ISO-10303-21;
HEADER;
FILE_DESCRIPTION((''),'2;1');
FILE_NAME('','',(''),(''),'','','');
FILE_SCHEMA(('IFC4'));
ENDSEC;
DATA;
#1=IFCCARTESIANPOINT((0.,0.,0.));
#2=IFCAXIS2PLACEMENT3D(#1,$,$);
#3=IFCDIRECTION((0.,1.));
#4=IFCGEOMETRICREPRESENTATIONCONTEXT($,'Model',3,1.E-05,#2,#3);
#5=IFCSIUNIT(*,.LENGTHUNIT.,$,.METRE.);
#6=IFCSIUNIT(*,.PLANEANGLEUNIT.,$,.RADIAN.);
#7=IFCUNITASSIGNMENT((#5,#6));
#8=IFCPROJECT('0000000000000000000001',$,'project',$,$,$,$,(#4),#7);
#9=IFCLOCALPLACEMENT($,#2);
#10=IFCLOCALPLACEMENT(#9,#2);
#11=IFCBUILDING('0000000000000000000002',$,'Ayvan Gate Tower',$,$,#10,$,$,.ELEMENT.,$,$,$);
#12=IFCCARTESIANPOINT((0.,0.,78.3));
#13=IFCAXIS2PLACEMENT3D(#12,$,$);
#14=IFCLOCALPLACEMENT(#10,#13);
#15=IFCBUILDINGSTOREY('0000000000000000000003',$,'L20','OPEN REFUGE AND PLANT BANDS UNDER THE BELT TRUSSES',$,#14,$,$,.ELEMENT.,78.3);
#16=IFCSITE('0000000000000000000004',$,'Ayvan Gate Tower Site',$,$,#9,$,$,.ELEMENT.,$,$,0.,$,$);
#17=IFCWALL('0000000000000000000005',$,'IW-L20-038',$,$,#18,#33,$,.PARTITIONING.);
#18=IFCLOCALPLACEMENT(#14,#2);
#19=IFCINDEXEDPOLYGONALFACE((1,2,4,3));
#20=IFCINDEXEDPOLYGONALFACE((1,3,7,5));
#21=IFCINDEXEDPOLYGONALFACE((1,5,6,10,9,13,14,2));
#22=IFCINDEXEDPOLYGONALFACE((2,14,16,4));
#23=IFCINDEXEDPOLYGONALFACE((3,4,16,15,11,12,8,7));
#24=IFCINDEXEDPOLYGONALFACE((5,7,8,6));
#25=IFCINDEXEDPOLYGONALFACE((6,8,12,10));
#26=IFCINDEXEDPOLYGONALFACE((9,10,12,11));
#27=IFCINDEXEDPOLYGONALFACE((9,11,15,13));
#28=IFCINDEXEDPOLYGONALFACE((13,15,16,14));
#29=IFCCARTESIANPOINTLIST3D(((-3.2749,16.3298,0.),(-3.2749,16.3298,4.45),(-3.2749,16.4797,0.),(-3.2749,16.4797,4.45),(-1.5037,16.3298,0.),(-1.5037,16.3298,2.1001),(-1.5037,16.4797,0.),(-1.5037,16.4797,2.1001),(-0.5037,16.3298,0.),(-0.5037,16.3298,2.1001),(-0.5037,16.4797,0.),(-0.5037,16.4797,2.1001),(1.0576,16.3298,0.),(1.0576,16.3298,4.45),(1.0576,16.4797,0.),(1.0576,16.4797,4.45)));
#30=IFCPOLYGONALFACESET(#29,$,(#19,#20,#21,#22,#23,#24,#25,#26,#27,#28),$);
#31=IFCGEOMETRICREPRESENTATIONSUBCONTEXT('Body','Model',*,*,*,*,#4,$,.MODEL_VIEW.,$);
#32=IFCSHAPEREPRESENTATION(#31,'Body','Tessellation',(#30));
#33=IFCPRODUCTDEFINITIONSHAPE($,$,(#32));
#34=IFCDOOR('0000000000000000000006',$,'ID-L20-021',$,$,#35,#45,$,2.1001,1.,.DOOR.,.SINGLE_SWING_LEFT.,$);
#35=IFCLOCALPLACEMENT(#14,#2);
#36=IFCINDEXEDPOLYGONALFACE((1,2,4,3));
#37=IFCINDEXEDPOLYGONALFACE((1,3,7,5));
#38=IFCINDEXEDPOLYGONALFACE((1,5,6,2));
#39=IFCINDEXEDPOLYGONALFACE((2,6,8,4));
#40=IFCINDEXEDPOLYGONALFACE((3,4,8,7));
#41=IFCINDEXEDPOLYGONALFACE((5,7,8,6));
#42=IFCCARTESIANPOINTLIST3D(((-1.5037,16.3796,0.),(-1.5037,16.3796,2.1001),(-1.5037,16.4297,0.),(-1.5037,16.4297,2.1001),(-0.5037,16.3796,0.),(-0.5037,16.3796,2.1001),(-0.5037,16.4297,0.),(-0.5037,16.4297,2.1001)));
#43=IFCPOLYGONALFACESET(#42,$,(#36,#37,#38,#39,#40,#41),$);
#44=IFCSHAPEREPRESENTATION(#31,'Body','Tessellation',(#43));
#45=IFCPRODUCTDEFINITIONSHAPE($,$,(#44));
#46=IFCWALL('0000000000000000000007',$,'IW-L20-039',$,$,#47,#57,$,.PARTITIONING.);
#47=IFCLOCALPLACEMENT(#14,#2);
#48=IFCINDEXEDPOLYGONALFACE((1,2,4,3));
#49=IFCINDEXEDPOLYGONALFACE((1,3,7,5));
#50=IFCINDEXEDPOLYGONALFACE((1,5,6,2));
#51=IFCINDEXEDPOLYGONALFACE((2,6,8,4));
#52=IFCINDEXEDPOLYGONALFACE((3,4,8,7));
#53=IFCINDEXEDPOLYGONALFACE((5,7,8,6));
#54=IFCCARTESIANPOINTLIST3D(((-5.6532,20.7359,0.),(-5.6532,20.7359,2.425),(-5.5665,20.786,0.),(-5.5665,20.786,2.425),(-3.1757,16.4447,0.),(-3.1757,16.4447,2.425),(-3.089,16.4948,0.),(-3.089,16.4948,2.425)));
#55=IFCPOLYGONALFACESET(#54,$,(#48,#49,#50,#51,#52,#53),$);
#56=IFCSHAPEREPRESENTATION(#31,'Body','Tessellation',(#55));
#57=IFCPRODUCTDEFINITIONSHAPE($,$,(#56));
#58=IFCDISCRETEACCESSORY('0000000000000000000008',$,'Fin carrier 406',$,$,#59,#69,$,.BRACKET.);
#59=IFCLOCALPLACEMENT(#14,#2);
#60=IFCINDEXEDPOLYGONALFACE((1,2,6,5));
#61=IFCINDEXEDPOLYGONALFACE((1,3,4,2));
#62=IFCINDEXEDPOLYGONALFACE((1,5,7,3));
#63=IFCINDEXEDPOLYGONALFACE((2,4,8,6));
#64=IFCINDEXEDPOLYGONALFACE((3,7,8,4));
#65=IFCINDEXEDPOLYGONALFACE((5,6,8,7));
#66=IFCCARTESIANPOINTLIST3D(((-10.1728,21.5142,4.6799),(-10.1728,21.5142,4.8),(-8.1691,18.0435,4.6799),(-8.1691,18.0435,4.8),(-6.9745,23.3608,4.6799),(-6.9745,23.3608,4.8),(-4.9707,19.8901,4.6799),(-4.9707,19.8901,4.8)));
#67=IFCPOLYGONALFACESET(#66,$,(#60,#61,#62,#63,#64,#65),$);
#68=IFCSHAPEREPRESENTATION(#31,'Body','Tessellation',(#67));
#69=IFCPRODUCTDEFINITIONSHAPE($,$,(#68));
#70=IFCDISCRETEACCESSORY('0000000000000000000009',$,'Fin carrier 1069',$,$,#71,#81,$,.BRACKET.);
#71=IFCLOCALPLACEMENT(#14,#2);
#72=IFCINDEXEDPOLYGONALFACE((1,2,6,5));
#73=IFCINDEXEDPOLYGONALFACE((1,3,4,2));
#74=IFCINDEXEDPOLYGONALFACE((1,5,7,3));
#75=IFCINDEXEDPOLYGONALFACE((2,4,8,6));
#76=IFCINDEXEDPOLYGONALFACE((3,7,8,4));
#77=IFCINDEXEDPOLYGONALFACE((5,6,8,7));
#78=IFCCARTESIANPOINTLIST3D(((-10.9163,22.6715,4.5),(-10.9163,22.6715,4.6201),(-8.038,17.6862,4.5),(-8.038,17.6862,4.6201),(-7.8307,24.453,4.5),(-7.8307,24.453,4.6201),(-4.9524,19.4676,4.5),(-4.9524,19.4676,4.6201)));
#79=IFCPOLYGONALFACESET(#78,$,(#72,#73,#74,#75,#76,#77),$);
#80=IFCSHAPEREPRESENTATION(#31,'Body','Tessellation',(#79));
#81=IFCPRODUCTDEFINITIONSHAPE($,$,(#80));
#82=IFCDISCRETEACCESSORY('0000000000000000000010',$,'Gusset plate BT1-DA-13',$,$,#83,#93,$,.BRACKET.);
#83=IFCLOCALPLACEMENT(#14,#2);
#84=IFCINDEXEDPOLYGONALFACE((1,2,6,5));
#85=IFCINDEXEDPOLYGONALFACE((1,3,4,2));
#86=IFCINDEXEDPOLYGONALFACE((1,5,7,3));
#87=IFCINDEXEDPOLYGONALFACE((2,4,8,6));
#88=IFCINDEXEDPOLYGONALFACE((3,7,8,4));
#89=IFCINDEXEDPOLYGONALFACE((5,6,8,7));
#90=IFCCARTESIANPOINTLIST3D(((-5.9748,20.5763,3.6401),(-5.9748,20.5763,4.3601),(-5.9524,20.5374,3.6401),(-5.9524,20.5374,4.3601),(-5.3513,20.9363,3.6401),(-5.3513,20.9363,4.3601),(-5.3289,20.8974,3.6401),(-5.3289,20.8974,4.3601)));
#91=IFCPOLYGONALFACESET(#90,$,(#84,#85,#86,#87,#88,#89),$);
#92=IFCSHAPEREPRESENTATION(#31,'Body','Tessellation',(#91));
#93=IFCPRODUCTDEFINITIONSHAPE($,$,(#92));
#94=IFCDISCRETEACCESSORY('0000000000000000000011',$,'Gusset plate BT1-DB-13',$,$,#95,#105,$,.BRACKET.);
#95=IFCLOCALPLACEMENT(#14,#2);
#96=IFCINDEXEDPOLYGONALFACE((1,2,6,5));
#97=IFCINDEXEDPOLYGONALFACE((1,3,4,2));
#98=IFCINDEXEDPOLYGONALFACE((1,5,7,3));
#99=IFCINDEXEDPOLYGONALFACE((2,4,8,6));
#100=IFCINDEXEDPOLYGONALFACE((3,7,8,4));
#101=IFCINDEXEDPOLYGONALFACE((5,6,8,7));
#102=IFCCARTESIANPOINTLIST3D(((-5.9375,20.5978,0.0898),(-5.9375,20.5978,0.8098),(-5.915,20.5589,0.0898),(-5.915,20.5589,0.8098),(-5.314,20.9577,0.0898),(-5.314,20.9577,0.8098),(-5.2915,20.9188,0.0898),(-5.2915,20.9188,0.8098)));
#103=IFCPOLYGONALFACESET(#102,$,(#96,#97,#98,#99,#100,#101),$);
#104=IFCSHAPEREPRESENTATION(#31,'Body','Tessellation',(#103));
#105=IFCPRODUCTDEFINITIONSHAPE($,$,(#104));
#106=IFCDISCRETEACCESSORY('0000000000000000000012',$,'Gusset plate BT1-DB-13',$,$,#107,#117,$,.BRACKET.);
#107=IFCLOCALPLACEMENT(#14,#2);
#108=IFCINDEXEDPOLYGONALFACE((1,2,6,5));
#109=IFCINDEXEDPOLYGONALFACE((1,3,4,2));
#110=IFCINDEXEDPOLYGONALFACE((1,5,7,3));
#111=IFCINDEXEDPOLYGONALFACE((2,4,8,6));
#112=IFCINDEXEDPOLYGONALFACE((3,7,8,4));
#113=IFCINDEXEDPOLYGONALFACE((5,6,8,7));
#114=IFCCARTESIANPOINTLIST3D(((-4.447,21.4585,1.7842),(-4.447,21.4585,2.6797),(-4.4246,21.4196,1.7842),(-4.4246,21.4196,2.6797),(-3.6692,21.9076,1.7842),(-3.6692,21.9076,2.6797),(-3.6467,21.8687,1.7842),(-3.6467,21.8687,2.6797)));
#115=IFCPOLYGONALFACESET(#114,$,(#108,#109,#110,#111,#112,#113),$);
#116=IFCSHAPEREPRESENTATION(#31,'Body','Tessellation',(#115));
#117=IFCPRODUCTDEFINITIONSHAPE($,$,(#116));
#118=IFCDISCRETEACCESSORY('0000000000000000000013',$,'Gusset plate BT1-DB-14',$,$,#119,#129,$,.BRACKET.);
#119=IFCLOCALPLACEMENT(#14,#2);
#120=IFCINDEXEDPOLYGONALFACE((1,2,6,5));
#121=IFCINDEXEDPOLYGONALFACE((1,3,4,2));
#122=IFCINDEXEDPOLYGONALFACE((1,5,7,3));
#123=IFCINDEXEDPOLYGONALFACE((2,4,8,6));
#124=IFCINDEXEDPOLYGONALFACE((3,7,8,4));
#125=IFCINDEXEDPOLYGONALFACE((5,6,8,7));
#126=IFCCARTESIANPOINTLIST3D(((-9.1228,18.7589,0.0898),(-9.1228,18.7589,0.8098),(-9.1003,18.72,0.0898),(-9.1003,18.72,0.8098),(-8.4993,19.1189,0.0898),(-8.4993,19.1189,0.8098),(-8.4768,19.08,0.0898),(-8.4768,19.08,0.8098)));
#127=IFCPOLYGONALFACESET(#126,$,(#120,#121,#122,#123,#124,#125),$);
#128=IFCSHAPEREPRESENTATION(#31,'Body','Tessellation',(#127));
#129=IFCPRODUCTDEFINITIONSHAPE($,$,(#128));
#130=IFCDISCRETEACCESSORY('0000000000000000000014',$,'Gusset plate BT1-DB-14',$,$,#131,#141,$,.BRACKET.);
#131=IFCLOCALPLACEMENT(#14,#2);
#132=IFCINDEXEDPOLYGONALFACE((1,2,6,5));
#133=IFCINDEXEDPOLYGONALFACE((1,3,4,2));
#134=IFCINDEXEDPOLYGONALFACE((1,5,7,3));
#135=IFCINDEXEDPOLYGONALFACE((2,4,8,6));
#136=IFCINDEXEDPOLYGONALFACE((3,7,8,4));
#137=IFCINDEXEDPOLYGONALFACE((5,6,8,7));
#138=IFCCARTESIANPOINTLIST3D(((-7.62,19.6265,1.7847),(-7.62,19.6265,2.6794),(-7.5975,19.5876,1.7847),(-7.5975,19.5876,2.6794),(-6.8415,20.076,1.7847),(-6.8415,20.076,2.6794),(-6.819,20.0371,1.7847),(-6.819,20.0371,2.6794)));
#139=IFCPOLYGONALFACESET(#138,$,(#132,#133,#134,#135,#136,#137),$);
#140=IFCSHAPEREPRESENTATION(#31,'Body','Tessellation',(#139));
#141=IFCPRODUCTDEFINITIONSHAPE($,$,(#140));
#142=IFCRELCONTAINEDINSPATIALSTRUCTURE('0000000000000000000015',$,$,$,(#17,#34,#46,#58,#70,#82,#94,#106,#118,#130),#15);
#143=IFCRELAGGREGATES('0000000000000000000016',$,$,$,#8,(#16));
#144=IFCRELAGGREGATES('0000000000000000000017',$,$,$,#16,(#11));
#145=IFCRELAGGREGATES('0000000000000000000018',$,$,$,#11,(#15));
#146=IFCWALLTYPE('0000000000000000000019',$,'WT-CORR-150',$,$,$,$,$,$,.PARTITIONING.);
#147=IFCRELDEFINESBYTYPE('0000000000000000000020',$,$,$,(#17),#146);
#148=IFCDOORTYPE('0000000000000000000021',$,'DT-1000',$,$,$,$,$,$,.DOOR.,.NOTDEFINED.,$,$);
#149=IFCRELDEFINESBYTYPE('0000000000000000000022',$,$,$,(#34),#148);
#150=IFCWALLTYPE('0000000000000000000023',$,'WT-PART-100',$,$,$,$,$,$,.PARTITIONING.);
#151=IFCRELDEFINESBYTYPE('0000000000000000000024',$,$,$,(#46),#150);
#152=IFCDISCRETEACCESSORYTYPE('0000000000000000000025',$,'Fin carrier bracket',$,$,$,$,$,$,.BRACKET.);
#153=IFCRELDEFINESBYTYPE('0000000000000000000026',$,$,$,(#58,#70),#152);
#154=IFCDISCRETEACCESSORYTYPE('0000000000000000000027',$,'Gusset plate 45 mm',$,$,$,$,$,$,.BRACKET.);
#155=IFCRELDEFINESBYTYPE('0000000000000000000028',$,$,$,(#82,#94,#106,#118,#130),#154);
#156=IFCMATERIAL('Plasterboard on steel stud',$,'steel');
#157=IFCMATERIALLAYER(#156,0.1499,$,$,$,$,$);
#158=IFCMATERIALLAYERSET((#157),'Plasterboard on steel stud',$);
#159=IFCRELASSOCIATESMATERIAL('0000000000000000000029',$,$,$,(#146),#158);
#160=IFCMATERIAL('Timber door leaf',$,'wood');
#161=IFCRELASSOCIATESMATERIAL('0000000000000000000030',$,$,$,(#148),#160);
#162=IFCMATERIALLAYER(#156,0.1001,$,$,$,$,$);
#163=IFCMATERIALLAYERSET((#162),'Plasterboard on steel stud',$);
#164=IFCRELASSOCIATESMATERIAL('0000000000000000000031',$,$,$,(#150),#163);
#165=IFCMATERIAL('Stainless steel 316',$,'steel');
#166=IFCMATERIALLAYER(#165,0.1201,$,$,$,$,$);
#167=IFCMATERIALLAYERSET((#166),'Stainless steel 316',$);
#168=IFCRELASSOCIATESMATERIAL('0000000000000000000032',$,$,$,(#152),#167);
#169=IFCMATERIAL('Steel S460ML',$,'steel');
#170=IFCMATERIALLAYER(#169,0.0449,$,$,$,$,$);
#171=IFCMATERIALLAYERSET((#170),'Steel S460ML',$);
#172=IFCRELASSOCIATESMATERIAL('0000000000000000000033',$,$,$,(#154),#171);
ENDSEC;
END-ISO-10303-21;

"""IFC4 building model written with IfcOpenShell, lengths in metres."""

from ifc_helpers import new_model, si_unit, direction, frame, frame_2d, origin, origin_2d, place, context, subcontext, project, spatial, rectangle, extrude, material, layer, layer_set, type_object, element, fill, save


model = new_model("IFC4")

# Units and contexts
model_context = context("Model", 3, precision=1e-05, world=origin(), true_north=direction((0.0, 1.0)))
body_context = subcontext(model_context, "Body", "Model", "MODEL_VIEW")
ifc_project = project(units=[si_unit("LENGTHUNIT", "METRE"), si_unit("PLANEANGLEUNIT", "RADIAN")], contexts=[model_context])

# Site, building, storey
site_placement = place(None, origin())
site = spatial("IfcSite", under=ifc_project, at=site_placement, Name="Ayvan Gate Tower Site", CompositionType="ELEMENT", RefElevation=0.0)
building_placement = place(site_placement, origin())
building = spatial("IfcBuilding", under=site, at=building_placement, Name="Ayvan Gate Tower", CompositionType="ELEMENT")
storey_placement = place(building_placement, frame((0.0, 0.0, 78.3)))
storey = spatial("IfcBuildingStorey", under=building, at=storey_placement, Name="L20", Description="OPEN REFUGE AND PLANT BANDS UNDER THE BELT TRUSSES", CompositionType="ELEMENT", Elevation=78.3)

# Shared definitions
ifc_material_1 = material(Name="Steel S460ML", Category="steel")

# Shared definitions
ifc_material_2 = material(Name="Plasterboard on steel stud", Category="steel")
ifc_layer_1 = layer(ifc_material_2, 0.1499)
ifc_layer_set_1 = layer_set([ifc_layer_1], Name="Plasterboard on steel stud")
wall_type_1 = type_object("IfcWallType", Name="WT-CORR-150", PredefinedType="PARTITIONING", material=ifc_layer_set_1)

# Wall, opening, door
wall_1_placement = place(storey_placement, frame((-3.2749, 16.4048, 0.0), z_axis=(0.0, 0.0, 1.0), x_axis=(1.0, 0.0, 0.0)))
wall_1 = element("IfcWall", 1, at=wall_1_placement, inside=storey, type_object=wall_type_1, Name="IW-L20-038", PredefinedType="PARTITIONING", context=body_context, shape_type="SweptSolid", body=[
    extrude(rectangle(XDim=4.3325, YDim=0.1499, at=frame_2d((2.1663, 0.0))), origin(), (0.0, 0.0, 1.0), 4.45),
])
opening_placement = place(wall_1_placement, frame((1.7712, 0.0, 0.0)))
opening = element("IfcOpeningElement", 2, at=opening_placement, cuts=wall_1, PredefinedType="OPENING", context=body_context, shape_type="SweptSolid", body=[
    extrude(rectangle(XDim=1.0, YDim=2.1001, at=frame_2d((0.5, 1.05))), frame((0.0, 0.085, 0.0), z_axis=(0.0, -1.0, 0.0), x_axis=(1.0, 0.0, 0.0)), (0.0, 0.0, 1.0), 0.1699),
])
ifc_material_3 = material(Name="Timber door leaf", Category="wood")
door_type = type_object("IfcDoorType", Name="DT-1000", OperationType="NOTDEFINED", PredefinedType="DOOR", material=ifc_material_3)
door_placement = place(opening_placement, origin())
door = element("IfcDoor", 3, at=door_placement, inside=storey, type_object=door_type, Name="ID-L20-021", OperationType="SINGLE_SWING_LEFT", OverallHeight=2.1001, OverallWidth=1.0, PredefinedType="DOOR", context=body_context, shape_type="SweptSolid", body=[
    extrude(rectangle(XDim=1.0, YDim=2.1001, at=frame_2d((0.5, 1.05))), frame((0.0, 0.0249, 0.0), z_axis=(0.0, -1.0, 0.0), x_axis=(1.0, 0.0, 0.0)), (0.0, 0.0, 1.0), 0.05),
])
fill(opening, door)

# Wall
ifc_layer_2 = layer(ifc_material_2, 0.1001)
ifc_layer_set_2 = layer_set([ifc_layer_2], Name="Plasterboard on steel stud")
wall_type_2 = type_object("IfcWallType", Name="WT-PART-100", PredefinedType="PARTITIONING", material=ifc_layer_set_2)
wall_2_placement = place(storey_placement, frame((-3.1323, 16.4697, 0.0), z_axis=(0.0, 0.0, 1.0), x_axis=(-0.499997, 0.866027, 0.0)))
element("IfcWall", 4, at=wall_2_placement, inside=storey, type_object=wall_type_2, Name="IW-L20-039", PredefinedType="PARTITIONING", context=body_context, shape_type="SweptSolid", body=[
    extrude(rectangle(XDim=4.9551, YDim=0.1001, at=frame_2d((2.4775, 0.0))), origin(), (0.0, 0.0, 1.0), 2.425),
])

# Discrete accessories
ifc_material_4 = material(Name="Stainless steel 316", Category="steel")
ifc_layer_3 = layer(ifc_material_4, 0.1201)
ifc_layer_set_3 = layer_set([ifc_layer_3], Name="Stainless steel 316")
discrete_accessory_type_1 = type_object("IfcDiscreteAccessoryType", Name="Fin carrier bracket", PredefinedType="BRACKET", material=ifc_layer_set_3)
discrete_accessory_1_placement = place(storey_placement, frame((-7.5718, 20.7021, 4.6799), z_axis=(0.0, 0.0, 1.0), x_axis=(-0.866025, -0.5, 0.0)))
element("IfcDiscreteAccessory", 5, at=discrete_accessory_1_placement, inside=storey, type_object=discrete_accessory_type_1, Name="Fin carrier 406", PredefinedType="BRACKET", context=body_context, shape_type="SweptSolid", body=[
    extrude(rectangle(XDim=3.6931, YDim=4.0076, at=origin_2d()), origin(), (0.0, 0.0, 1.0), 0.1201),
])
discrete_accessory_2_placement = place(storey_placement, frame((-7.9343, 21.0696, 4.5), z_axis=(0.0, 0.0, 1.0), x_axis=(-0.866025, -0.5, 0.0)))
element("IfcDiscreteAccessory", 6, at=discrete_accessory_2_placement, inside=storey, type_object=discrete_accessory_type_1, Name="Fin carrier 1069", PredefinedType="BRACKET", context=body_context, shape_type="SweptSolid", body=[
    extrude(rectangle(XDim=3.563, YDim=5.7566, at=origin_2d()), origin(), (0.0, 0.0, 1.0), 0.1201),
])
ifc_layer_4 = layer(ifc_material_1, 0.0449)
ifc_layer_set_4 = layer_set([ifc_layer_4], Name="Steel S460ML")
discrete_accessory_type_2 = type_object("IfcDiscreteAccessoryType", Name="Gusset plate 45 mm", PredefinedType="BRACKET", material=ifc_layer_set_4)
for number, where, z_axis, x_axis, name in (
    (7, (-5.6519, 20.7368, 3.6401), (0.0, 0.0, 1.0), (0.866025, 0.5, 0.0), "Gusset plate BT1-DA-13"),
    (8, (-5.6145, 20.7583, 0.0898), (0.0, 0.0, 1.0), (0.866025, 0.5, 0.0), "Gusset plate BT1-DB-13"),
):
    element("IfcDiscreteAccessory", number, at=place(storey_placement, frame(where, z_axis=z_axis, x_axis=x_axis)), inside=storey, type_object=discrete_accessory_type_2, Name=name, PredefinedType="BRACKET", context=body_context, shape_type="SweptSolid", body=[
        extrude(rectangle(XDim=0.72, YDim=0.0449, at=origin_2d()), origin(), (0.0, 0.0, 1.0), 0.72),
    ])
discrete_accessory_3_placement = place(storey_placement, frame((-4.0469, 21.6636, 1.7842), z_axis=(0.0, 0.0, 1.0), x_axis=(0.866025, 0.5, 0.0)))
element("IfcDiscreteAccessory", 9, at=discrete_accessory_3_placement, inside=storey, type_object=discrete_accessory_type_2, Name="Gusset plate BT1-DB-13", PredefinedType="BRACKET", context=body_context, shape_type="SweptSolid", body=[
    extrude(rectangle(XDim=0.8982, YDim=0.0449, at=origin_2d()), origin(), (0.0, 0.0, 1.0), 0.8955),
])
discrete_accessory_4_placement = place(storey_placement, frame((-8.7998, 18.9194, 0.0898), z_axis=(0.0, 0.0, 1.0), x_axis=(0.866025, 0.5, 0.0)))
element("IfcDiscreteAccessory", 10, at=discrete_accessory_4_placement, inside=storey, type_object=discrete_accessory_type_2, Name="Gusset plate BT1-DB-14", PredefinedType="BRACKET", context=body_context, shape_type="SweptSolid", body=[
    extrude(rectangle(XDim=0.72, YDim=0.0449, at=origin_2d()), origin(), (0.0, 0.0, 1.0), 0.72),
])
discrete_accessory_5_placement = place(storey_placement, frame((-7.2195, 19.8318, 1.7847), z_axis=(0.0, 0.0, 1.0), x_axis=(0.866025, 0.5, 0.0)))
element("IfcDiscreteAccessory", 11, at=discrete_accessory_5_placement, inside=storey, type_object=discrete_accessory_type_2, Name="Gusset plate BT1-DB-14", PredefinedType="BRACKET", context=body_context, shape_type="SweptSolid", body=[
    extrude(rectangle(XDim=0.8989, YDim=0.0449, at=origin_2d()), origin(), (0.0, 0.0, 1.0), 0.8948),
])

save(model, "model.ifc")
